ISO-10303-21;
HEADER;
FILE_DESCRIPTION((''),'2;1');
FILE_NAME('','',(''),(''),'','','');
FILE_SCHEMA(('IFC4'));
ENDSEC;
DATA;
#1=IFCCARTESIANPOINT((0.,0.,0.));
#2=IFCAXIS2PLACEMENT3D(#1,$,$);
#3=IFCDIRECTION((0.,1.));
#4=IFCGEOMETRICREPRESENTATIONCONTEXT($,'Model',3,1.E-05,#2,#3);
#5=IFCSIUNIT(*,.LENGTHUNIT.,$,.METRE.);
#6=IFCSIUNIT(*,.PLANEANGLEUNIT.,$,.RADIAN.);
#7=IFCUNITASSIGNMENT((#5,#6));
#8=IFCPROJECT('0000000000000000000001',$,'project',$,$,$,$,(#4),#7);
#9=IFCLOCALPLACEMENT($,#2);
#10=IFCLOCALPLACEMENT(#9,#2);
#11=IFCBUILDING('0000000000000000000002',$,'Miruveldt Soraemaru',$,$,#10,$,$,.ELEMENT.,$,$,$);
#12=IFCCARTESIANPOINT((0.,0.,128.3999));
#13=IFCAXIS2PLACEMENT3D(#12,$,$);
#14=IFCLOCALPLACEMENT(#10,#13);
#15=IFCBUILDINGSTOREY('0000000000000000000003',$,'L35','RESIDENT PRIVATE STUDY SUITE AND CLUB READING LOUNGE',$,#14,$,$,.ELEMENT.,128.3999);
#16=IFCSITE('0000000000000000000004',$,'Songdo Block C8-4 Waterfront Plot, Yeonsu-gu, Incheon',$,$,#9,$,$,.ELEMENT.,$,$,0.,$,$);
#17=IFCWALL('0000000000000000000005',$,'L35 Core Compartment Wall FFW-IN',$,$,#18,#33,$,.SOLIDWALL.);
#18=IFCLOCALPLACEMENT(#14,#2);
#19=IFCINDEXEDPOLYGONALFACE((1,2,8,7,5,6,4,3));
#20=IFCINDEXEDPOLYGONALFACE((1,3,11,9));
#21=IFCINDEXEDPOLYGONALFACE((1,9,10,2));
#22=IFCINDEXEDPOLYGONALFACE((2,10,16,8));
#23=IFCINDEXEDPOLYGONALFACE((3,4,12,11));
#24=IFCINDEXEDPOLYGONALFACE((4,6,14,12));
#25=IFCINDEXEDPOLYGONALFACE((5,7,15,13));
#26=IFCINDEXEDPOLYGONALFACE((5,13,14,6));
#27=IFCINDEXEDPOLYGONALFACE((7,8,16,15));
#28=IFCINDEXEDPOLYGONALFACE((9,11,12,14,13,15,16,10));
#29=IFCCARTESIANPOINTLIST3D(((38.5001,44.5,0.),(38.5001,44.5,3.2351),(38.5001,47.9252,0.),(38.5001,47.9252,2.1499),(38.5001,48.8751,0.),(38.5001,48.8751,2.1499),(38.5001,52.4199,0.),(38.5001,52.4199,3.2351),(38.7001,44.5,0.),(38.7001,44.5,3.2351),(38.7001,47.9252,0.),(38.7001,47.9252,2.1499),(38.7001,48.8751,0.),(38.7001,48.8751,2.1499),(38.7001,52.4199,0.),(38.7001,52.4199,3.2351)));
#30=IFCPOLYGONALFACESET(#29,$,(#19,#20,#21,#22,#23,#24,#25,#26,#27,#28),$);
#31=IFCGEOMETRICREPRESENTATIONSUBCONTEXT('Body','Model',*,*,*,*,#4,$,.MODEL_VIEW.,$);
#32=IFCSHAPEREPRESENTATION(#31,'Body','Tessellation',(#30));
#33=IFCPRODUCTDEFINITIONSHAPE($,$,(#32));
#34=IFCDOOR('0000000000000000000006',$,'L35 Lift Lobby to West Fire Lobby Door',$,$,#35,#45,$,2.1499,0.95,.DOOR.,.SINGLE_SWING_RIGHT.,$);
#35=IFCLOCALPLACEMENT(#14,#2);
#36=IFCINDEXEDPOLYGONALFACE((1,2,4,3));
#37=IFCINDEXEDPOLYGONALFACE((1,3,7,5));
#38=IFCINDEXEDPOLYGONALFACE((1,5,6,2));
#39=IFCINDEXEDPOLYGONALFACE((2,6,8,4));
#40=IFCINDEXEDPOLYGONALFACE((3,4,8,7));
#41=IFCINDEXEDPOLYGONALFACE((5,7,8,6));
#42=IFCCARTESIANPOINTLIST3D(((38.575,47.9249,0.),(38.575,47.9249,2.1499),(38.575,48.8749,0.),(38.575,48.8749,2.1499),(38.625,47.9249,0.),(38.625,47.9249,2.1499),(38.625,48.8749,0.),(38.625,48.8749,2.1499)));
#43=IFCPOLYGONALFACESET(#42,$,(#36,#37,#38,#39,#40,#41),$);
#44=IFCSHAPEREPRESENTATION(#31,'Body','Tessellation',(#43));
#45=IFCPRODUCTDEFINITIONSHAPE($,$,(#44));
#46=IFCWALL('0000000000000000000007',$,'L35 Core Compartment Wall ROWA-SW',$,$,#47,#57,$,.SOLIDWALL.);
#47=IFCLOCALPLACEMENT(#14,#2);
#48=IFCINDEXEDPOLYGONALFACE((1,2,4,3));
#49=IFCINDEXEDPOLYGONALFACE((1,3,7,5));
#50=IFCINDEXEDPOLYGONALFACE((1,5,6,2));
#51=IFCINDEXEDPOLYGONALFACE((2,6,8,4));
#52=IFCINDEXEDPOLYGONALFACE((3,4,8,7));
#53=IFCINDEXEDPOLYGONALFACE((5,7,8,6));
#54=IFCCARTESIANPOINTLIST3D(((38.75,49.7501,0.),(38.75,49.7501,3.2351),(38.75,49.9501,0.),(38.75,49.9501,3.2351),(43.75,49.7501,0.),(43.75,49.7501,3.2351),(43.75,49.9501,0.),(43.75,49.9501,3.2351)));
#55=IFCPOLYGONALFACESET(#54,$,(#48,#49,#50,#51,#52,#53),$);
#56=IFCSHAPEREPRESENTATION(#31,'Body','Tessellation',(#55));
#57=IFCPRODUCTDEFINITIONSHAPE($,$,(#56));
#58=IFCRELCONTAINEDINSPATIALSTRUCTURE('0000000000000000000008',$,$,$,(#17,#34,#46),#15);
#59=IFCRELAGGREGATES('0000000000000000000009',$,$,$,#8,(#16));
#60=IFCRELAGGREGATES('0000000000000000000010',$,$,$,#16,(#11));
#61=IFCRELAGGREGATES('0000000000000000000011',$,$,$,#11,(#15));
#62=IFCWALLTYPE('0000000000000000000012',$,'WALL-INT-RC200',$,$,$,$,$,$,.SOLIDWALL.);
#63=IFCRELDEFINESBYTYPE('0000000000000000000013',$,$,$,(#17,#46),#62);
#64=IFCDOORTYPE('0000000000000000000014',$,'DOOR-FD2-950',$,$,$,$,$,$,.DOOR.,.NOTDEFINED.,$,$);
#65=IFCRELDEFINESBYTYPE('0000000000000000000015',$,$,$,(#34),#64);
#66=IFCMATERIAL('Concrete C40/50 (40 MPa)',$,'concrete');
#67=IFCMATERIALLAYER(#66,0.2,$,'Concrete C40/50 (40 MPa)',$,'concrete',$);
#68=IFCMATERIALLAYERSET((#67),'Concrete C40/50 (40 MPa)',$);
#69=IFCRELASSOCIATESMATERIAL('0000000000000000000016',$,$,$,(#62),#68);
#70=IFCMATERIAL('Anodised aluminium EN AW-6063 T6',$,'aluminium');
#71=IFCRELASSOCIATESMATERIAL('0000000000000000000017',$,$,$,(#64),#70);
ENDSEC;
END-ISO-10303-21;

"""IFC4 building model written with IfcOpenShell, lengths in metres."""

from ifc_helpers import new_model, si_unit, direction, frame, frame_2d, origin, place, context, subcontext, project, spatial, rectangle, extrude, material, layer, layer_set, type_object, element, fill, save


model = new_model("IFC4")

# Units and contexts
model_context = context("Model", 3, precision=1e-05, world=origin(), true_north=direction((0.0, 1.0)))
body_context = subcontext(model_context, "Body", "Model", "MODEL_VIEW")
ifc_project = project(units=[si_unit("LENGTHUNIT", "METRE"), si_unit("PLANEANGLEUNIT", "RADIAN")], contexts=[model_context])

# Site, building, storey
site_placement = place(None, origin())
site = spatial("IfcSite", under=ifc_project, at=site_placement, Name="Songdo Block C8-4 Waterfront Plot, Yeonsu-gu, Incheon", CompositionType="ELEMENT", RefElevation=0.0)
building_placement = place(site_placement, origin())
building = spatial("IfcBuilding", under=site, at=building_placement, Name="Miruveldt Soraemaru", CompositionType="ELEMENT")
storey_placement = place(building_placement, frame((0.0, 0.0, 128.3999)))
storey = spatial("IfcBuildingStorey", under=building, at=storey_placement, Name="L35", Description="RESIDENT PRIVATE STUDY SUITE AND CLUB READING LOUNGE", CompositionType="ELEMENT", Elevation=128.3999)

# Shared definitions
ifc_material_1 = material(Name="Concrete C40/50 (40 MPa)", Category="concrete")

# Wall, opening, door
ifc_layer_1 = layer(ifc_material_1, 0.2, Name="Concrete C40/50 (40 MPa)", Category="concrete")
ifc_layer_set_1 = layer_set([ifc_layer_1], Name="Concrete C40/50 (40 MPa)")
wall_type_1 = type_object("IfcWallType", Name="WALL-INT-RC200", PredefinedType="SOLIDWALL", material=ifc_layer_set_1)
ifc_material_2 = material(Name="Anodised aluminium EN AW-6063 T6", Category="aluminium")
wall_1_placement = place(storey_placement, frame((38.6001, 44.5, 0.0), z_axis=(0.0, 0.0, 1.0), x_axis=(0.0, 1.0, 0.0)))
wall_1 = element("IfcWall", 1, at=wall_1_placement, inside=storey, type_object=wall_type_1, Name="L35 Core Compartment Wall FFW-IN", PredefinedType="SOLIDWALL", context=body_context, shape_type="SweptSolid", body=[
    extrude(rectangle(XDim=7.9199, YDim=0.2, at=frame_2d((3.96, 0.0))), origin(), (0.0, 0.0, 1.0), 3.2351),
])
opening_1_placement = place(wall_1_placement, frame((3.425, 0.0, 0.0)))
opening_1 = element("IfcOpeningElement", 2, at=opening_1_placement, cuts=wall_1, PredefinedType="OPENING", context=body_context, shape_type="SweptSolid", body=[
    extrude(rectangle(XDim=0.95, YDim=2.1499, at=frame_2d((0.4751, 1.075))), frame((0.0, 0.1099, 0.0), z_axis=(0.0, -1.0, 0.0), x_axis=(1.0, 0.0, 0.0)), (0.0, 0.0, 1.0), 0.22),
])
door_type_1 = type_object("IfcDoorType", Name="DOOR-FD2-950", OperationType="NOTDEFINED", PredefinedType="DOOR", material=ifc_material_2)
door_1_placement = place(opening_1_placement, frame((0.95, 0.0, 0.0), z_axis=(0.0, 0.0, 1.0), x_axis=(-1.0, 0.0, 0.0)))
door_1 = element("IfcDoor", 3, at=door_1_placement, inside=storey, type_object=door_type_1, Name="L35 Lift Lobby to West Fire Lobby Door", OperationType="SINGLE_SWING_RIGHT", OverallHeight=2.1499, OverallWidth=0.95, PredefinedType="DOOR", context=body_context, shape_type="SweptSolid", body=[
    extrude(rectangle(XDim=0.95, YDim=2.1499, at=frame_2d((0.4751, 1.075))), frame((0.0, 0.0249, 0.0), z_axis=(0.0, -1.0, 0.0), x_axis=(1.0, 0.0, 0.0)), (0.0, 0.0, 1.0), 0.05),
])
fill(opening_1, door_1)

# Wall
wall_2_placement = place(storey_placement, frame((38.75, 49.8501, 0.0), z_axis=(0.0, 0.0, 1.0), x_axis=(1.0, 0.0, 0.0)))
element("IfcWall", 4, at=wall_2_placement, inside=storey, type_object=wall_type_1, Name="L35 Core Compartment Wall ROWA-SW", PredefinedType="SOLIDWALL", context=body_context, shape_type="SweptSolid", body=[
    extrude(rectangle(XDim=5.0, YDim=0.2, at=frame_2d((2.5, 0.0))), origin(), (0.0, 0.0, 1.0), 3.2351),
])

save(model, "model.ifc")
